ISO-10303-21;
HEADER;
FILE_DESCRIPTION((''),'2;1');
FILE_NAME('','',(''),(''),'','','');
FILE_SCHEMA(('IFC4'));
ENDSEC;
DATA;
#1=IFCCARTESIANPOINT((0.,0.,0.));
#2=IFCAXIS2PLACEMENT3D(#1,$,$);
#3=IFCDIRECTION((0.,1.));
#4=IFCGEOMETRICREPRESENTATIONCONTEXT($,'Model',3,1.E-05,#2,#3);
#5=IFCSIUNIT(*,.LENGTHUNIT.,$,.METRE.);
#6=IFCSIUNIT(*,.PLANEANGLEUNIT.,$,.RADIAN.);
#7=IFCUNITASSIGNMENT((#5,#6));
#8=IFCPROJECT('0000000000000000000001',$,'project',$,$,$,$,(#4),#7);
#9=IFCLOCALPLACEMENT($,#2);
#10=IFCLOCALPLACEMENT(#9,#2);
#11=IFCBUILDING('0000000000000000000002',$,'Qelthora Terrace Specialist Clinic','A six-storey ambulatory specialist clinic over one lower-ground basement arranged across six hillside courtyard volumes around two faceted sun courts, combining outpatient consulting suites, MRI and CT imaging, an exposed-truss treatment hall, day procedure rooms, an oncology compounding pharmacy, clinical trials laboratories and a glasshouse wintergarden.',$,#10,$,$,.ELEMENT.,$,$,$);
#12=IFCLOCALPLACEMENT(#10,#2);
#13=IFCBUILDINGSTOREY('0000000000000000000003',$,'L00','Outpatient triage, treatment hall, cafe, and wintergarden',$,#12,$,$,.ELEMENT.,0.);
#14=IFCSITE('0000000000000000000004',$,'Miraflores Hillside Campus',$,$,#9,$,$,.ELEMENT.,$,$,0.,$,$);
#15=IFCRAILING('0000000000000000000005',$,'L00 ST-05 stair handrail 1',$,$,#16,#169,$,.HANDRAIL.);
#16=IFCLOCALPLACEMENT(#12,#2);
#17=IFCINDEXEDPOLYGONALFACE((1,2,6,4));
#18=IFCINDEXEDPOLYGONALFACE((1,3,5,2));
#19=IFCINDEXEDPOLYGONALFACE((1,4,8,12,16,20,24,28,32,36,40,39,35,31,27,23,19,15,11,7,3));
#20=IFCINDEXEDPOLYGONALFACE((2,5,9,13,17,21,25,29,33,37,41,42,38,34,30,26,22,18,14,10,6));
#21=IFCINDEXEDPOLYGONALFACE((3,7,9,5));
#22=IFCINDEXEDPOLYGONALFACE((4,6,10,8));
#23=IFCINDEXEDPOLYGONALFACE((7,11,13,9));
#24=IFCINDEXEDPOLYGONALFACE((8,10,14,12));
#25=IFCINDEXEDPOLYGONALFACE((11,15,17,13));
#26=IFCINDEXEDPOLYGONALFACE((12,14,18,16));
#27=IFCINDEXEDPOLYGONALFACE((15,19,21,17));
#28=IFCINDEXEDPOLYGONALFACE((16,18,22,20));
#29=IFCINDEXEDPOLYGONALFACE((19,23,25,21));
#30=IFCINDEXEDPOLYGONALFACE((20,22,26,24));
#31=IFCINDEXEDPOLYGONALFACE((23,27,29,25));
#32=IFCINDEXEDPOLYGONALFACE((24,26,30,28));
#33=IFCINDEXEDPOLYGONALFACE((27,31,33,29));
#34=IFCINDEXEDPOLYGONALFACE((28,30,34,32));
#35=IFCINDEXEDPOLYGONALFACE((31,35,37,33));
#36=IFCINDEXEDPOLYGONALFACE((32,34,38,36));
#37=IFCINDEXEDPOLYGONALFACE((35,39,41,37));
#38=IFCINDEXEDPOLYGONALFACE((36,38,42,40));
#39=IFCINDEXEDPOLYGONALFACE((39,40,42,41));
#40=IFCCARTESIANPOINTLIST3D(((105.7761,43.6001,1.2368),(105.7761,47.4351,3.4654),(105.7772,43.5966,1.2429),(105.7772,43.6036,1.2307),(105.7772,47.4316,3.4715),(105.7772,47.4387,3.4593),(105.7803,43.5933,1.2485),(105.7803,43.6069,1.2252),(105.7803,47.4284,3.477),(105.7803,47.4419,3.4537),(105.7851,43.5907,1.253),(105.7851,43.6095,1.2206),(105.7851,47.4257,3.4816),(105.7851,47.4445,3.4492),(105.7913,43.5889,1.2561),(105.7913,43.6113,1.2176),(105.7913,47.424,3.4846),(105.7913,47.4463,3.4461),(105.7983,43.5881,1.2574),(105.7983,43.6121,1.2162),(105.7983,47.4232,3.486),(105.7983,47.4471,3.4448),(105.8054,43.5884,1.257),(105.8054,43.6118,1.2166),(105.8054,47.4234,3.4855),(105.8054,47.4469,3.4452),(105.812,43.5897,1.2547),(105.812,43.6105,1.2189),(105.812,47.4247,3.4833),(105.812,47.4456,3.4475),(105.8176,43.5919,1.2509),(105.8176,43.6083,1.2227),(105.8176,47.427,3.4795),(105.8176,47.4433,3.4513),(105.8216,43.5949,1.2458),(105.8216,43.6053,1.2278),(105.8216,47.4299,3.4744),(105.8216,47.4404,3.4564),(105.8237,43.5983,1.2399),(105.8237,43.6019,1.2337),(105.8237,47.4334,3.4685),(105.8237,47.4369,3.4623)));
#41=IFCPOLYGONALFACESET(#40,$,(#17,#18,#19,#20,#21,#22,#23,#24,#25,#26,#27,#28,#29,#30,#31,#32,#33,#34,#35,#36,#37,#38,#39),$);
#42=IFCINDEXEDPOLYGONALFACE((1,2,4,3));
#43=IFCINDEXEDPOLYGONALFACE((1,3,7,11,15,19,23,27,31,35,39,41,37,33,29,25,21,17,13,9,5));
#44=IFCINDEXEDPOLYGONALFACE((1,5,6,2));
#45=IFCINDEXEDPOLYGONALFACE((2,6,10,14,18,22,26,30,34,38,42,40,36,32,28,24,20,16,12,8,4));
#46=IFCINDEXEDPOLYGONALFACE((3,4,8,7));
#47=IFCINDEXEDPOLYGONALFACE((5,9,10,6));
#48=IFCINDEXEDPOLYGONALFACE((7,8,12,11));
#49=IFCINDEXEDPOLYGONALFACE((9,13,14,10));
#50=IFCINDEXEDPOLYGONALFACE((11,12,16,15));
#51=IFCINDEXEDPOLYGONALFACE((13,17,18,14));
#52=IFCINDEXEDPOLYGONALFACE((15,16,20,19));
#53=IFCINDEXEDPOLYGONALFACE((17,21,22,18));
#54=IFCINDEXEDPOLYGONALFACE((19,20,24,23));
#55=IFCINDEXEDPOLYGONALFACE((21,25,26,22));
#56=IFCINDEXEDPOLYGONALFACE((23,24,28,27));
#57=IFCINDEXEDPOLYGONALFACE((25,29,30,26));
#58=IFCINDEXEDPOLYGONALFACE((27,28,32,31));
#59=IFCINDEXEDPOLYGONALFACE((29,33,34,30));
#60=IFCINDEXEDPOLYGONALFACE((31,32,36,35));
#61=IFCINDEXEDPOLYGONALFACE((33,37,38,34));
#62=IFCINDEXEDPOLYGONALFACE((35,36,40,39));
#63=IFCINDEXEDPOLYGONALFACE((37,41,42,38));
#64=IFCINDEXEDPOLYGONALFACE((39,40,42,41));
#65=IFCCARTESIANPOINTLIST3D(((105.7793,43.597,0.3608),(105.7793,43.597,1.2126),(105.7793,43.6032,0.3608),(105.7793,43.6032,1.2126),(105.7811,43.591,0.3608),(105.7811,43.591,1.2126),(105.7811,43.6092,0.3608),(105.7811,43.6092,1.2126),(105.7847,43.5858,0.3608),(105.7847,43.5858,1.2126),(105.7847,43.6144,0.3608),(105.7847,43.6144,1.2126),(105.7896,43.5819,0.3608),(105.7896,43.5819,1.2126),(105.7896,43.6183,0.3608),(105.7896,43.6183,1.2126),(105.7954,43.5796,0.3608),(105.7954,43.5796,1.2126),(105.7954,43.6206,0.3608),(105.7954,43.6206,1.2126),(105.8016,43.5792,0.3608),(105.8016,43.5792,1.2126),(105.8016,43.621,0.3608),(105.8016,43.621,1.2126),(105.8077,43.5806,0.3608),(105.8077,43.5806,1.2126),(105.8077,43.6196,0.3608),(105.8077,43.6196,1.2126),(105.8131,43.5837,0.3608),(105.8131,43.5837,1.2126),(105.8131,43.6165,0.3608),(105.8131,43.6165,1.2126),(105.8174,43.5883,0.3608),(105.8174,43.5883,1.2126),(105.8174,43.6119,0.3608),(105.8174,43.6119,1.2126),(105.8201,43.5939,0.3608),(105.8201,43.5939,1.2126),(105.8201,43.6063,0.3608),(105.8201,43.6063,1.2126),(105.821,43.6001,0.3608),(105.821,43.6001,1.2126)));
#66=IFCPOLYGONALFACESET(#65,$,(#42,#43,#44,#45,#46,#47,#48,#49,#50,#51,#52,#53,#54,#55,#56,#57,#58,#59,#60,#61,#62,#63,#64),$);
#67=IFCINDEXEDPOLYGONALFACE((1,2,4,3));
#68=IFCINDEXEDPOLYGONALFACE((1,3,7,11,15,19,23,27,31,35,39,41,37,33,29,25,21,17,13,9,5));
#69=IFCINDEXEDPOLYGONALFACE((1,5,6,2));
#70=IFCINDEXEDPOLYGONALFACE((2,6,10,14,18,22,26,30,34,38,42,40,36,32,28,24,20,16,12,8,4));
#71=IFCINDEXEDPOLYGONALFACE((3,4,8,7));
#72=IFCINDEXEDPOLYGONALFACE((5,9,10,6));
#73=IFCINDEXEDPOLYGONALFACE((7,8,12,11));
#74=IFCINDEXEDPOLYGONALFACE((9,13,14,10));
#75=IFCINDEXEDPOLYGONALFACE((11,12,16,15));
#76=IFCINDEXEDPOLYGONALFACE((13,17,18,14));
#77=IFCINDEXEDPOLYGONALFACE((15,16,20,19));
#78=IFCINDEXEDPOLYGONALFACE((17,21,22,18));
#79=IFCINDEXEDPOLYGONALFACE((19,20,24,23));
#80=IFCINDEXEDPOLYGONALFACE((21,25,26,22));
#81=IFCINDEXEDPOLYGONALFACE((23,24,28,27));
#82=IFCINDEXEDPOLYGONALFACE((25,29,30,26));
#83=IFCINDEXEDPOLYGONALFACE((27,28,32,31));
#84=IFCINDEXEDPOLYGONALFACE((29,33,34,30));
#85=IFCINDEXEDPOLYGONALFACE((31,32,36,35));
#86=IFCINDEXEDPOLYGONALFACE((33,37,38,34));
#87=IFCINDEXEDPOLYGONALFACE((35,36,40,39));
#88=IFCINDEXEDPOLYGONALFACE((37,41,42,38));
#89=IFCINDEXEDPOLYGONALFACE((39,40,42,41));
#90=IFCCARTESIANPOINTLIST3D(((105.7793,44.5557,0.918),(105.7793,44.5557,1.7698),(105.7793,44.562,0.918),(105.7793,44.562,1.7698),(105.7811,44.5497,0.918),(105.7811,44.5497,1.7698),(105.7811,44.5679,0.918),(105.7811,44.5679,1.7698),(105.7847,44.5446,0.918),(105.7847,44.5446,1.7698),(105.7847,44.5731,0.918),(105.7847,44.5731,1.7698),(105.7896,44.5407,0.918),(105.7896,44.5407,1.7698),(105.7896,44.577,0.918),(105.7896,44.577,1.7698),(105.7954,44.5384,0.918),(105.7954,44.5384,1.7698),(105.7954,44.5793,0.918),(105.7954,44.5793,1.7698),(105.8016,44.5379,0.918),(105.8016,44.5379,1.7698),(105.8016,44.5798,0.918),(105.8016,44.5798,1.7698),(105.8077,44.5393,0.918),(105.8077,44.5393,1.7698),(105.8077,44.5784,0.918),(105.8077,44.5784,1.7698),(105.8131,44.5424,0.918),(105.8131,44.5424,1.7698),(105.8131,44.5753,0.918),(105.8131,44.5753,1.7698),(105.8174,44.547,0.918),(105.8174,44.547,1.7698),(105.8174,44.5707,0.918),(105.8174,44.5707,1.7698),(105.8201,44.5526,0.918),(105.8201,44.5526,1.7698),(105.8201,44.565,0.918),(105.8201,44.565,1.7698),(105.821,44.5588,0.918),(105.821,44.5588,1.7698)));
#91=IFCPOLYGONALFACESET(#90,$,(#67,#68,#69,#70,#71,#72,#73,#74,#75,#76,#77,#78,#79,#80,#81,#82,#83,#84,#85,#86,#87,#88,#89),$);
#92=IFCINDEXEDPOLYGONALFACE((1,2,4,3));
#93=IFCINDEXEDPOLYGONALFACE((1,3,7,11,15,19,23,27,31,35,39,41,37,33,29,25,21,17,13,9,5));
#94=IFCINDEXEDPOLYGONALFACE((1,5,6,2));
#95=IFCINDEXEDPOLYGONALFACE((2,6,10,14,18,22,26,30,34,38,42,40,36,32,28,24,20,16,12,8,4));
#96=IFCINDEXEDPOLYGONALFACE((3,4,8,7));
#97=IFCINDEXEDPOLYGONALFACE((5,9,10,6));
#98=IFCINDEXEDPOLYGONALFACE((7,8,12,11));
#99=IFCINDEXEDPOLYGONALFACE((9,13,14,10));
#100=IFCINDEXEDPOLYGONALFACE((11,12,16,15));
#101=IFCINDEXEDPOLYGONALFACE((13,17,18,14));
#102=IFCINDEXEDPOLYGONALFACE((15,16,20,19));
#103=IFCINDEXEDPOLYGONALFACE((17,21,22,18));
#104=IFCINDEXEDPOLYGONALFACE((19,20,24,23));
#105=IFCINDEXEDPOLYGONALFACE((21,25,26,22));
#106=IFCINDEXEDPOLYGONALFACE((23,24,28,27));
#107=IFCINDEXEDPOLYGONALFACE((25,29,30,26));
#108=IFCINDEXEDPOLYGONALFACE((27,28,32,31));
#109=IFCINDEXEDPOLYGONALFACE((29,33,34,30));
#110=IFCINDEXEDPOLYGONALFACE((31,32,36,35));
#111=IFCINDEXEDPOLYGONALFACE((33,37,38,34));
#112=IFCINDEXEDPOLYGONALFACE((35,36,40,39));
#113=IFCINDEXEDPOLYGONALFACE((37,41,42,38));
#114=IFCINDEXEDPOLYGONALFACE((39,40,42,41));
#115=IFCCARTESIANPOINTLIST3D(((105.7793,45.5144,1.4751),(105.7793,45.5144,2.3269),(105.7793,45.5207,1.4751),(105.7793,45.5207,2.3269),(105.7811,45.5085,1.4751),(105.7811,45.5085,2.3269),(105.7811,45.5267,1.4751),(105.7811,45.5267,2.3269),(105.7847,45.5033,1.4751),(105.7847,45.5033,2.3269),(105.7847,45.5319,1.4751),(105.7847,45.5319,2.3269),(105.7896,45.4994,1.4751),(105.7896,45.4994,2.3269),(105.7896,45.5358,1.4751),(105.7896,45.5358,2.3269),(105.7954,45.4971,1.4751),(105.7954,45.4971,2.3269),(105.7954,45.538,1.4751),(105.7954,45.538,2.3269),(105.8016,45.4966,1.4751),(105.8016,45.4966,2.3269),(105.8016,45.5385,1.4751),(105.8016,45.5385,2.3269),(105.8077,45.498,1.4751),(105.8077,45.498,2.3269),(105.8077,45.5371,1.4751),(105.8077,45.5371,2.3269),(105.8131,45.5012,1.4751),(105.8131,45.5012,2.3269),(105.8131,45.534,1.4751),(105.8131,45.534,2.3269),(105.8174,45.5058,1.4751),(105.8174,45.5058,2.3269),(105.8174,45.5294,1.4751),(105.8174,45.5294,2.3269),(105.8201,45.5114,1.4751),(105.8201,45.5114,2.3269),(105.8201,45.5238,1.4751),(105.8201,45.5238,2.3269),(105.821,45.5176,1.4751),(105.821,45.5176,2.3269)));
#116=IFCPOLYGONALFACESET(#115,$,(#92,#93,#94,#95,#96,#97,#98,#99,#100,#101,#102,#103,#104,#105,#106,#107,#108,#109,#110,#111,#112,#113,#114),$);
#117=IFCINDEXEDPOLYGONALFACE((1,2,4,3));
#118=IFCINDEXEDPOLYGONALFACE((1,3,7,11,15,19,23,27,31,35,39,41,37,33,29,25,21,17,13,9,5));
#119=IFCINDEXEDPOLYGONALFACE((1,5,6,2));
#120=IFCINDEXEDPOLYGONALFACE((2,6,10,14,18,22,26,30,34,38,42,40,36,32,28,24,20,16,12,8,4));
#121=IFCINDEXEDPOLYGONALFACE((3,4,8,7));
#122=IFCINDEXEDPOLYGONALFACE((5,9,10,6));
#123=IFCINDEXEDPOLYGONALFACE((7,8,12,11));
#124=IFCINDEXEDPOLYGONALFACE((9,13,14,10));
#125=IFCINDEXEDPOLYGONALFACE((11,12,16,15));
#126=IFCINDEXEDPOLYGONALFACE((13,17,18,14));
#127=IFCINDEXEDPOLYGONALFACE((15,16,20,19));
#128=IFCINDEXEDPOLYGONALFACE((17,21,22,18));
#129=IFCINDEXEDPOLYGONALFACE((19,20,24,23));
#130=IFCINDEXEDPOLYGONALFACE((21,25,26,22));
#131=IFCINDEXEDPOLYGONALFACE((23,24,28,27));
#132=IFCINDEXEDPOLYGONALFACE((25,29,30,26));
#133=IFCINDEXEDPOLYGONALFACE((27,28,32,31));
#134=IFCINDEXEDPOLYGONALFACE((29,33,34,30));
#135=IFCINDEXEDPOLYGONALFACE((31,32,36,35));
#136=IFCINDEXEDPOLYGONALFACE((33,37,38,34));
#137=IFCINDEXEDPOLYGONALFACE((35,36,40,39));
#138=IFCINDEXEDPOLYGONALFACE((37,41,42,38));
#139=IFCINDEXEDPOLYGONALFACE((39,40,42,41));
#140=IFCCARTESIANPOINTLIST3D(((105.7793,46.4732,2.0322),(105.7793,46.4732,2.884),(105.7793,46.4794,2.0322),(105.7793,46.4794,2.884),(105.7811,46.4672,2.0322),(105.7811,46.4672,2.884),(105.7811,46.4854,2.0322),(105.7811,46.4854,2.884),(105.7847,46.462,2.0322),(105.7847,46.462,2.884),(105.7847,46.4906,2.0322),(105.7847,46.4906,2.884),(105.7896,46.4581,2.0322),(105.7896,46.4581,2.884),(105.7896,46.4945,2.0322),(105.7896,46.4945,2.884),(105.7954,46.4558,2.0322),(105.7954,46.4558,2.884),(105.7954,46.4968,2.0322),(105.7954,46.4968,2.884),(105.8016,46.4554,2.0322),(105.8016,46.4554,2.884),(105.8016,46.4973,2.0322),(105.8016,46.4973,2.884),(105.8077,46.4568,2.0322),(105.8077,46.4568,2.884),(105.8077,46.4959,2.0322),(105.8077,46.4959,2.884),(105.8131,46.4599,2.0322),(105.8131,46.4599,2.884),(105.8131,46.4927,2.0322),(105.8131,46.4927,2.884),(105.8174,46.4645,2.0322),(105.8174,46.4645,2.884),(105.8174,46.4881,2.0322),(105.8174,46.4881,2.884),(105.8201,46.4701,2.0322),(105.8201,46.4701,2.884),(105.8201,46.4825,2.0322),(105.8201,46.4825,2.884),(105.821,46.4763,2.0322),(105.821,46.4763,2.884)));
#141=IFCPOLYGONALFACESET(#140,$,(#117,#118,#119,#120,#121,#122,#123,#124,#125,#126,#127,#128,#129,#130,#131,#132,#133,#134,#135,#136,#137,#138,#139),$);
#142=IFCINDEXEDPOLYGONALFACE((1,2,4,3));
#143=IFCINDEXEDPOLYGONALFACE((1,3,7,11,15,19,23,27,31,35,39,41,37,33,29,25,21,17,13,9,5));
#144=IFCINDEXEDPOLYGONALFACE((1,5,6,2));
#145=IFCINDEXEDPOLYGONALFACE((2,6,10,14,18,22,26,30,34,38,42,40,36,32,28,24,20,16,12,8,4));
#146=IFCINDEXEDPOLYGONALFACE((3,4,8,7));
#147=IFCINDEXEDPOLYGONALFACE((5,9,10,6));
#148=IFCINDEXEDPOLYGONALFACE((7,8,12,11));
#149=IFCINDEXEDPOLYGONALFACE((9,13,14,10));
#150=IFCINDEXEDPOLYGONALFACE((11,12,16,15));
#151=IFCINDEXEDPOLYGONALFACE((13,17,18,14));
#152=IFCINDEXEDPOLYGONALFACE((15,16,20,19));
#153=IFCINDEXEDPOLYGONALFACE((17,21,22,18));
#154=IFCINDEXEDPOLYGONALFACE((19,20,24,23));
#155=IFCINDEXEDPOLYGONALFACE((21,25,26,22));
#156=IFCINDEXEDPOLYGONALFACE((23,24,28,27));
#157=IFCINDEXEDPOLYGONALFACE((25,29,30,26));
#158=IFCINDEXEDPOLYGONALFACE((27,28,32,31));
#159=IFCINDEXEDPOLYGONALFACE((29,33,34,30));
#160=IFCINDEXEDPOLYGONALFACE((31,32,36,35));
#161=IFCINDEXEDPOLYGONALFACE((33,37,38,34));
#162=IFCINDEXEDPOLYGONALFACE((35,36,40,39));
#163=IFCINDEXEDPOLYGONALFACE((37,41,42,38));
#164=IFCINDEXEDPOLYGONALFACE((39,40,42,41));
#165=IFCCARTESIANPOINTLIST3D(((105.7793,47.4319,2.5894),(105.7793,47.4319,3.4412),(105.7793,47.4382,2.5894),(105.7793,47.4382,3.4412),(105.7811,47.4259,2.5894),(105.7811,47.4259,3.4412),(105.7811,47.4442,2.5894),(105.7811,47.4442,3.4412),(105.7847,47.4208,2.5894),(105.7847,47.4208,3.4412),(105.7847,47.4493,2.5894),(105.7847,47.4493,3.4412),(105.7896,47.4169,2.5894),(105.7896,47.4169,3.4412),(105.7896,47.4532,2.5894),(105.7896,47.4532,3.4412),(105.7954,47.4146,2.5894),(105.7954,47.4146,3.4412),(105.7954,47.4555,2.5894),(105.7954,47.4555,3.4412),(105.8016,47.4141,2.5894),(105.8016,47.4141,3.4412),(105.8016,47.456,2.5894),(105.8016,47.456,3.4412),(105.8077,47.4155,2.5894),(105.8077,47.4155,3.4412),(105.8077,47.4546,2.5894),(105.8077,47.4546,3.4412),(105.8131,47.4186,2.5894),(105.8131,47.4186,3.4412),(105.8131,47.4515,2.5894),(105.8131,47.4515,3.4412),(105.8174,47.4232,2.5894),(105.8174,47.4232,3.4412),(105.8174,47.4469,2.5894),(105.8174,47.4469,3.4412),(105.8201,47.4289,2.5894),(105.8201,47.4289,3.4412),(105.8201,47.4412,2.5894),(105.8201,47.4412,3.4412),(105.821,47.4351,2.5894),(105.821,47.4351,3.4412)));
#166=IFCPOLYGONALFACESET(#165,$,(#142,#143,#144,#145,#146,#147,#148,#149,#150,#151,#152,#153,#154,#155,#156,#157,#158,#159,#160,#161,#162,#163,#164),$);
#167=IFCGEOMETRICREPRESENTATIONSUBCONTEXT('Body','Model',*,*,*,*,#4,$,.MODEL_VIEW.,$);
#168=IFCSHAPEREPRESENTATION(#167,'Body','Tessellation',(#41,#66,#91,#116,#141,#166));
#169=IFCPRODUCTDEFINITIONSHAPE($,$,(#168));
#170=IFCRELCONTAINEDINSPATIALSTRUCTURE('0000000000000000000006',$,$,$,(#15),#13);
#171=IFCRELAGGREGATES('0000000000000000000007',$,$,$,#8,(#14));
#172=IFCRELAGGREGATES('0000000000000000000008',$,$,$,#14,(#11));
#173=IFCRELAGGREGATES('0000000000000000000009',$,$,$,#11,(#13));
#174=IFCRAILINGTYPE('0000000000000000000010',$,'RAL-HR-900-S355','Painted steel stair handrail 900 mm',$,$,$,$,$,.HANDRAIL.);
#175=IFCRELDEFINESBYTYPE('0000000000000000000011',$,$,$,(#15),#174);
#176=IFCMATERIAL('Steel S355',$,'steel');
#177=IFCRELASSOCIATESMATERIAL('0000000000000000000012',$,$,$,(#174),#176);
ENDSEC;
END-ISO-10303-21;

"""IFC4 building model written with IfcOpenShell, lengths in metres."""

from ifc_helpers import new_model, si_unit, direction, frame, origin, origin_2d, place, context, subcontext, project, spatial, circle, extrude, material, type_object, element, save


model = new_model("IFC4")

# Units and contexts
model_context = context("Model", 3, precision=1e-05, world=origin(), true_north=direction((0.0, 1.0)))
body_context = subcontext(model_context, "Body", "Model", "MODEL_VIEW")
ifc_project = project(units=[si_unit("LENGTHUNIT", "METRE"), si_unit("PLANEANGLEUNIT", "RADIAN")], contexts=[model_context])

# Site, building, storey
site_placement = place(None, origin())
site = spatial("IfcSite", under=ifc_project, at=site_placement, Name="Miraflores Hillside Campus", CompositionType="ELEMENT", RefElevation=0.0)
building_placement = place(site_placement, origin())
building = spatial("IfcBuilding", under=site, at=building_placement, Name="Qelthora Terrace Specialist Clinic", Description="A six-storey ambulatory specialist clinic over one lower-ground basement arranged across six hillside courtyard volumes around two faceted sun courts, combining outpatient consulting suites, MRI and CT imaging, an exposed-truss treatment hall, day procedure rooms, an oncology compounding pharmacy, clinical trials laboratories and a glasshouse wintergarden.", CompositionType="ELEMENT")
storey_placement = place(building_placement, origin())
storey = spatial("IfcBuildingStorey", under=building, at=storey_placement, Name="L00", Description="Outpatient triage, treatment hall, cafe, and wintergarden", CompositionType="ELEMENT", Elevation=0.0)

# Shared definitions
ifc_material_1 = material(Name="Steel S355", Category="steel")

# Railing
railing_type_1 = type_object("IfcRailingType", Name="RAL-HR-900-S355", Description="Painted steel stair handrail 900 mm", PredefinedType="HANDRAIL", material=ifc_material_1)
railing_1_placement = place(storey_placement, frame((105.8, 43.6001, 0.3608)))
element("IfcRailing", 1, at=railing_1_placement, inside=storey, type_object=railing_type_1, Name="L00 ST-05 stair handrail 1", PredefinedType="HANDRAIL", context=body_context, shape_type="SweptSolid", body=[
    extrude(circle(Radius=0.0239, at=origin_2d()), frame((0.0, 0.0, 0.876), z_axis=(0.0, 0.864616, 0.502433), x_axis=(-1.0, 0.0, 0.0)), (0.0, 0.0, 1.0), 4.4355),
    extrude(circle(Radius=0.021, at=origin_2d()), origin(), (0.0, 0.0, 1.0), 0.8518),
    extrude(circle(Radius=0.021, at=origin_2d()), frame((0.0, 0.9587, 0.5571)), (0.0, 0.0, 1.0), 0.8518),
    extrude(circle(Radius=0.021, at=origin_2d()), frame((0.0, 1.9175, 1.1143)), (0.0, 0.0, 1.0), 0.8518),
    extrude(circle(Radius=0.021, at=origin_2d()), frame((0.0, 2.8762, 1.6714)), (0.0, 0.0, 1.0), 0.8518),
    extrude(circle(Radius=0.021, at=origin_2d()), frame((0.0, 3.835, 2.2285)), (0.0, 0.0, 1.0), 0.8518),
])

save(model, "model.ifc")
